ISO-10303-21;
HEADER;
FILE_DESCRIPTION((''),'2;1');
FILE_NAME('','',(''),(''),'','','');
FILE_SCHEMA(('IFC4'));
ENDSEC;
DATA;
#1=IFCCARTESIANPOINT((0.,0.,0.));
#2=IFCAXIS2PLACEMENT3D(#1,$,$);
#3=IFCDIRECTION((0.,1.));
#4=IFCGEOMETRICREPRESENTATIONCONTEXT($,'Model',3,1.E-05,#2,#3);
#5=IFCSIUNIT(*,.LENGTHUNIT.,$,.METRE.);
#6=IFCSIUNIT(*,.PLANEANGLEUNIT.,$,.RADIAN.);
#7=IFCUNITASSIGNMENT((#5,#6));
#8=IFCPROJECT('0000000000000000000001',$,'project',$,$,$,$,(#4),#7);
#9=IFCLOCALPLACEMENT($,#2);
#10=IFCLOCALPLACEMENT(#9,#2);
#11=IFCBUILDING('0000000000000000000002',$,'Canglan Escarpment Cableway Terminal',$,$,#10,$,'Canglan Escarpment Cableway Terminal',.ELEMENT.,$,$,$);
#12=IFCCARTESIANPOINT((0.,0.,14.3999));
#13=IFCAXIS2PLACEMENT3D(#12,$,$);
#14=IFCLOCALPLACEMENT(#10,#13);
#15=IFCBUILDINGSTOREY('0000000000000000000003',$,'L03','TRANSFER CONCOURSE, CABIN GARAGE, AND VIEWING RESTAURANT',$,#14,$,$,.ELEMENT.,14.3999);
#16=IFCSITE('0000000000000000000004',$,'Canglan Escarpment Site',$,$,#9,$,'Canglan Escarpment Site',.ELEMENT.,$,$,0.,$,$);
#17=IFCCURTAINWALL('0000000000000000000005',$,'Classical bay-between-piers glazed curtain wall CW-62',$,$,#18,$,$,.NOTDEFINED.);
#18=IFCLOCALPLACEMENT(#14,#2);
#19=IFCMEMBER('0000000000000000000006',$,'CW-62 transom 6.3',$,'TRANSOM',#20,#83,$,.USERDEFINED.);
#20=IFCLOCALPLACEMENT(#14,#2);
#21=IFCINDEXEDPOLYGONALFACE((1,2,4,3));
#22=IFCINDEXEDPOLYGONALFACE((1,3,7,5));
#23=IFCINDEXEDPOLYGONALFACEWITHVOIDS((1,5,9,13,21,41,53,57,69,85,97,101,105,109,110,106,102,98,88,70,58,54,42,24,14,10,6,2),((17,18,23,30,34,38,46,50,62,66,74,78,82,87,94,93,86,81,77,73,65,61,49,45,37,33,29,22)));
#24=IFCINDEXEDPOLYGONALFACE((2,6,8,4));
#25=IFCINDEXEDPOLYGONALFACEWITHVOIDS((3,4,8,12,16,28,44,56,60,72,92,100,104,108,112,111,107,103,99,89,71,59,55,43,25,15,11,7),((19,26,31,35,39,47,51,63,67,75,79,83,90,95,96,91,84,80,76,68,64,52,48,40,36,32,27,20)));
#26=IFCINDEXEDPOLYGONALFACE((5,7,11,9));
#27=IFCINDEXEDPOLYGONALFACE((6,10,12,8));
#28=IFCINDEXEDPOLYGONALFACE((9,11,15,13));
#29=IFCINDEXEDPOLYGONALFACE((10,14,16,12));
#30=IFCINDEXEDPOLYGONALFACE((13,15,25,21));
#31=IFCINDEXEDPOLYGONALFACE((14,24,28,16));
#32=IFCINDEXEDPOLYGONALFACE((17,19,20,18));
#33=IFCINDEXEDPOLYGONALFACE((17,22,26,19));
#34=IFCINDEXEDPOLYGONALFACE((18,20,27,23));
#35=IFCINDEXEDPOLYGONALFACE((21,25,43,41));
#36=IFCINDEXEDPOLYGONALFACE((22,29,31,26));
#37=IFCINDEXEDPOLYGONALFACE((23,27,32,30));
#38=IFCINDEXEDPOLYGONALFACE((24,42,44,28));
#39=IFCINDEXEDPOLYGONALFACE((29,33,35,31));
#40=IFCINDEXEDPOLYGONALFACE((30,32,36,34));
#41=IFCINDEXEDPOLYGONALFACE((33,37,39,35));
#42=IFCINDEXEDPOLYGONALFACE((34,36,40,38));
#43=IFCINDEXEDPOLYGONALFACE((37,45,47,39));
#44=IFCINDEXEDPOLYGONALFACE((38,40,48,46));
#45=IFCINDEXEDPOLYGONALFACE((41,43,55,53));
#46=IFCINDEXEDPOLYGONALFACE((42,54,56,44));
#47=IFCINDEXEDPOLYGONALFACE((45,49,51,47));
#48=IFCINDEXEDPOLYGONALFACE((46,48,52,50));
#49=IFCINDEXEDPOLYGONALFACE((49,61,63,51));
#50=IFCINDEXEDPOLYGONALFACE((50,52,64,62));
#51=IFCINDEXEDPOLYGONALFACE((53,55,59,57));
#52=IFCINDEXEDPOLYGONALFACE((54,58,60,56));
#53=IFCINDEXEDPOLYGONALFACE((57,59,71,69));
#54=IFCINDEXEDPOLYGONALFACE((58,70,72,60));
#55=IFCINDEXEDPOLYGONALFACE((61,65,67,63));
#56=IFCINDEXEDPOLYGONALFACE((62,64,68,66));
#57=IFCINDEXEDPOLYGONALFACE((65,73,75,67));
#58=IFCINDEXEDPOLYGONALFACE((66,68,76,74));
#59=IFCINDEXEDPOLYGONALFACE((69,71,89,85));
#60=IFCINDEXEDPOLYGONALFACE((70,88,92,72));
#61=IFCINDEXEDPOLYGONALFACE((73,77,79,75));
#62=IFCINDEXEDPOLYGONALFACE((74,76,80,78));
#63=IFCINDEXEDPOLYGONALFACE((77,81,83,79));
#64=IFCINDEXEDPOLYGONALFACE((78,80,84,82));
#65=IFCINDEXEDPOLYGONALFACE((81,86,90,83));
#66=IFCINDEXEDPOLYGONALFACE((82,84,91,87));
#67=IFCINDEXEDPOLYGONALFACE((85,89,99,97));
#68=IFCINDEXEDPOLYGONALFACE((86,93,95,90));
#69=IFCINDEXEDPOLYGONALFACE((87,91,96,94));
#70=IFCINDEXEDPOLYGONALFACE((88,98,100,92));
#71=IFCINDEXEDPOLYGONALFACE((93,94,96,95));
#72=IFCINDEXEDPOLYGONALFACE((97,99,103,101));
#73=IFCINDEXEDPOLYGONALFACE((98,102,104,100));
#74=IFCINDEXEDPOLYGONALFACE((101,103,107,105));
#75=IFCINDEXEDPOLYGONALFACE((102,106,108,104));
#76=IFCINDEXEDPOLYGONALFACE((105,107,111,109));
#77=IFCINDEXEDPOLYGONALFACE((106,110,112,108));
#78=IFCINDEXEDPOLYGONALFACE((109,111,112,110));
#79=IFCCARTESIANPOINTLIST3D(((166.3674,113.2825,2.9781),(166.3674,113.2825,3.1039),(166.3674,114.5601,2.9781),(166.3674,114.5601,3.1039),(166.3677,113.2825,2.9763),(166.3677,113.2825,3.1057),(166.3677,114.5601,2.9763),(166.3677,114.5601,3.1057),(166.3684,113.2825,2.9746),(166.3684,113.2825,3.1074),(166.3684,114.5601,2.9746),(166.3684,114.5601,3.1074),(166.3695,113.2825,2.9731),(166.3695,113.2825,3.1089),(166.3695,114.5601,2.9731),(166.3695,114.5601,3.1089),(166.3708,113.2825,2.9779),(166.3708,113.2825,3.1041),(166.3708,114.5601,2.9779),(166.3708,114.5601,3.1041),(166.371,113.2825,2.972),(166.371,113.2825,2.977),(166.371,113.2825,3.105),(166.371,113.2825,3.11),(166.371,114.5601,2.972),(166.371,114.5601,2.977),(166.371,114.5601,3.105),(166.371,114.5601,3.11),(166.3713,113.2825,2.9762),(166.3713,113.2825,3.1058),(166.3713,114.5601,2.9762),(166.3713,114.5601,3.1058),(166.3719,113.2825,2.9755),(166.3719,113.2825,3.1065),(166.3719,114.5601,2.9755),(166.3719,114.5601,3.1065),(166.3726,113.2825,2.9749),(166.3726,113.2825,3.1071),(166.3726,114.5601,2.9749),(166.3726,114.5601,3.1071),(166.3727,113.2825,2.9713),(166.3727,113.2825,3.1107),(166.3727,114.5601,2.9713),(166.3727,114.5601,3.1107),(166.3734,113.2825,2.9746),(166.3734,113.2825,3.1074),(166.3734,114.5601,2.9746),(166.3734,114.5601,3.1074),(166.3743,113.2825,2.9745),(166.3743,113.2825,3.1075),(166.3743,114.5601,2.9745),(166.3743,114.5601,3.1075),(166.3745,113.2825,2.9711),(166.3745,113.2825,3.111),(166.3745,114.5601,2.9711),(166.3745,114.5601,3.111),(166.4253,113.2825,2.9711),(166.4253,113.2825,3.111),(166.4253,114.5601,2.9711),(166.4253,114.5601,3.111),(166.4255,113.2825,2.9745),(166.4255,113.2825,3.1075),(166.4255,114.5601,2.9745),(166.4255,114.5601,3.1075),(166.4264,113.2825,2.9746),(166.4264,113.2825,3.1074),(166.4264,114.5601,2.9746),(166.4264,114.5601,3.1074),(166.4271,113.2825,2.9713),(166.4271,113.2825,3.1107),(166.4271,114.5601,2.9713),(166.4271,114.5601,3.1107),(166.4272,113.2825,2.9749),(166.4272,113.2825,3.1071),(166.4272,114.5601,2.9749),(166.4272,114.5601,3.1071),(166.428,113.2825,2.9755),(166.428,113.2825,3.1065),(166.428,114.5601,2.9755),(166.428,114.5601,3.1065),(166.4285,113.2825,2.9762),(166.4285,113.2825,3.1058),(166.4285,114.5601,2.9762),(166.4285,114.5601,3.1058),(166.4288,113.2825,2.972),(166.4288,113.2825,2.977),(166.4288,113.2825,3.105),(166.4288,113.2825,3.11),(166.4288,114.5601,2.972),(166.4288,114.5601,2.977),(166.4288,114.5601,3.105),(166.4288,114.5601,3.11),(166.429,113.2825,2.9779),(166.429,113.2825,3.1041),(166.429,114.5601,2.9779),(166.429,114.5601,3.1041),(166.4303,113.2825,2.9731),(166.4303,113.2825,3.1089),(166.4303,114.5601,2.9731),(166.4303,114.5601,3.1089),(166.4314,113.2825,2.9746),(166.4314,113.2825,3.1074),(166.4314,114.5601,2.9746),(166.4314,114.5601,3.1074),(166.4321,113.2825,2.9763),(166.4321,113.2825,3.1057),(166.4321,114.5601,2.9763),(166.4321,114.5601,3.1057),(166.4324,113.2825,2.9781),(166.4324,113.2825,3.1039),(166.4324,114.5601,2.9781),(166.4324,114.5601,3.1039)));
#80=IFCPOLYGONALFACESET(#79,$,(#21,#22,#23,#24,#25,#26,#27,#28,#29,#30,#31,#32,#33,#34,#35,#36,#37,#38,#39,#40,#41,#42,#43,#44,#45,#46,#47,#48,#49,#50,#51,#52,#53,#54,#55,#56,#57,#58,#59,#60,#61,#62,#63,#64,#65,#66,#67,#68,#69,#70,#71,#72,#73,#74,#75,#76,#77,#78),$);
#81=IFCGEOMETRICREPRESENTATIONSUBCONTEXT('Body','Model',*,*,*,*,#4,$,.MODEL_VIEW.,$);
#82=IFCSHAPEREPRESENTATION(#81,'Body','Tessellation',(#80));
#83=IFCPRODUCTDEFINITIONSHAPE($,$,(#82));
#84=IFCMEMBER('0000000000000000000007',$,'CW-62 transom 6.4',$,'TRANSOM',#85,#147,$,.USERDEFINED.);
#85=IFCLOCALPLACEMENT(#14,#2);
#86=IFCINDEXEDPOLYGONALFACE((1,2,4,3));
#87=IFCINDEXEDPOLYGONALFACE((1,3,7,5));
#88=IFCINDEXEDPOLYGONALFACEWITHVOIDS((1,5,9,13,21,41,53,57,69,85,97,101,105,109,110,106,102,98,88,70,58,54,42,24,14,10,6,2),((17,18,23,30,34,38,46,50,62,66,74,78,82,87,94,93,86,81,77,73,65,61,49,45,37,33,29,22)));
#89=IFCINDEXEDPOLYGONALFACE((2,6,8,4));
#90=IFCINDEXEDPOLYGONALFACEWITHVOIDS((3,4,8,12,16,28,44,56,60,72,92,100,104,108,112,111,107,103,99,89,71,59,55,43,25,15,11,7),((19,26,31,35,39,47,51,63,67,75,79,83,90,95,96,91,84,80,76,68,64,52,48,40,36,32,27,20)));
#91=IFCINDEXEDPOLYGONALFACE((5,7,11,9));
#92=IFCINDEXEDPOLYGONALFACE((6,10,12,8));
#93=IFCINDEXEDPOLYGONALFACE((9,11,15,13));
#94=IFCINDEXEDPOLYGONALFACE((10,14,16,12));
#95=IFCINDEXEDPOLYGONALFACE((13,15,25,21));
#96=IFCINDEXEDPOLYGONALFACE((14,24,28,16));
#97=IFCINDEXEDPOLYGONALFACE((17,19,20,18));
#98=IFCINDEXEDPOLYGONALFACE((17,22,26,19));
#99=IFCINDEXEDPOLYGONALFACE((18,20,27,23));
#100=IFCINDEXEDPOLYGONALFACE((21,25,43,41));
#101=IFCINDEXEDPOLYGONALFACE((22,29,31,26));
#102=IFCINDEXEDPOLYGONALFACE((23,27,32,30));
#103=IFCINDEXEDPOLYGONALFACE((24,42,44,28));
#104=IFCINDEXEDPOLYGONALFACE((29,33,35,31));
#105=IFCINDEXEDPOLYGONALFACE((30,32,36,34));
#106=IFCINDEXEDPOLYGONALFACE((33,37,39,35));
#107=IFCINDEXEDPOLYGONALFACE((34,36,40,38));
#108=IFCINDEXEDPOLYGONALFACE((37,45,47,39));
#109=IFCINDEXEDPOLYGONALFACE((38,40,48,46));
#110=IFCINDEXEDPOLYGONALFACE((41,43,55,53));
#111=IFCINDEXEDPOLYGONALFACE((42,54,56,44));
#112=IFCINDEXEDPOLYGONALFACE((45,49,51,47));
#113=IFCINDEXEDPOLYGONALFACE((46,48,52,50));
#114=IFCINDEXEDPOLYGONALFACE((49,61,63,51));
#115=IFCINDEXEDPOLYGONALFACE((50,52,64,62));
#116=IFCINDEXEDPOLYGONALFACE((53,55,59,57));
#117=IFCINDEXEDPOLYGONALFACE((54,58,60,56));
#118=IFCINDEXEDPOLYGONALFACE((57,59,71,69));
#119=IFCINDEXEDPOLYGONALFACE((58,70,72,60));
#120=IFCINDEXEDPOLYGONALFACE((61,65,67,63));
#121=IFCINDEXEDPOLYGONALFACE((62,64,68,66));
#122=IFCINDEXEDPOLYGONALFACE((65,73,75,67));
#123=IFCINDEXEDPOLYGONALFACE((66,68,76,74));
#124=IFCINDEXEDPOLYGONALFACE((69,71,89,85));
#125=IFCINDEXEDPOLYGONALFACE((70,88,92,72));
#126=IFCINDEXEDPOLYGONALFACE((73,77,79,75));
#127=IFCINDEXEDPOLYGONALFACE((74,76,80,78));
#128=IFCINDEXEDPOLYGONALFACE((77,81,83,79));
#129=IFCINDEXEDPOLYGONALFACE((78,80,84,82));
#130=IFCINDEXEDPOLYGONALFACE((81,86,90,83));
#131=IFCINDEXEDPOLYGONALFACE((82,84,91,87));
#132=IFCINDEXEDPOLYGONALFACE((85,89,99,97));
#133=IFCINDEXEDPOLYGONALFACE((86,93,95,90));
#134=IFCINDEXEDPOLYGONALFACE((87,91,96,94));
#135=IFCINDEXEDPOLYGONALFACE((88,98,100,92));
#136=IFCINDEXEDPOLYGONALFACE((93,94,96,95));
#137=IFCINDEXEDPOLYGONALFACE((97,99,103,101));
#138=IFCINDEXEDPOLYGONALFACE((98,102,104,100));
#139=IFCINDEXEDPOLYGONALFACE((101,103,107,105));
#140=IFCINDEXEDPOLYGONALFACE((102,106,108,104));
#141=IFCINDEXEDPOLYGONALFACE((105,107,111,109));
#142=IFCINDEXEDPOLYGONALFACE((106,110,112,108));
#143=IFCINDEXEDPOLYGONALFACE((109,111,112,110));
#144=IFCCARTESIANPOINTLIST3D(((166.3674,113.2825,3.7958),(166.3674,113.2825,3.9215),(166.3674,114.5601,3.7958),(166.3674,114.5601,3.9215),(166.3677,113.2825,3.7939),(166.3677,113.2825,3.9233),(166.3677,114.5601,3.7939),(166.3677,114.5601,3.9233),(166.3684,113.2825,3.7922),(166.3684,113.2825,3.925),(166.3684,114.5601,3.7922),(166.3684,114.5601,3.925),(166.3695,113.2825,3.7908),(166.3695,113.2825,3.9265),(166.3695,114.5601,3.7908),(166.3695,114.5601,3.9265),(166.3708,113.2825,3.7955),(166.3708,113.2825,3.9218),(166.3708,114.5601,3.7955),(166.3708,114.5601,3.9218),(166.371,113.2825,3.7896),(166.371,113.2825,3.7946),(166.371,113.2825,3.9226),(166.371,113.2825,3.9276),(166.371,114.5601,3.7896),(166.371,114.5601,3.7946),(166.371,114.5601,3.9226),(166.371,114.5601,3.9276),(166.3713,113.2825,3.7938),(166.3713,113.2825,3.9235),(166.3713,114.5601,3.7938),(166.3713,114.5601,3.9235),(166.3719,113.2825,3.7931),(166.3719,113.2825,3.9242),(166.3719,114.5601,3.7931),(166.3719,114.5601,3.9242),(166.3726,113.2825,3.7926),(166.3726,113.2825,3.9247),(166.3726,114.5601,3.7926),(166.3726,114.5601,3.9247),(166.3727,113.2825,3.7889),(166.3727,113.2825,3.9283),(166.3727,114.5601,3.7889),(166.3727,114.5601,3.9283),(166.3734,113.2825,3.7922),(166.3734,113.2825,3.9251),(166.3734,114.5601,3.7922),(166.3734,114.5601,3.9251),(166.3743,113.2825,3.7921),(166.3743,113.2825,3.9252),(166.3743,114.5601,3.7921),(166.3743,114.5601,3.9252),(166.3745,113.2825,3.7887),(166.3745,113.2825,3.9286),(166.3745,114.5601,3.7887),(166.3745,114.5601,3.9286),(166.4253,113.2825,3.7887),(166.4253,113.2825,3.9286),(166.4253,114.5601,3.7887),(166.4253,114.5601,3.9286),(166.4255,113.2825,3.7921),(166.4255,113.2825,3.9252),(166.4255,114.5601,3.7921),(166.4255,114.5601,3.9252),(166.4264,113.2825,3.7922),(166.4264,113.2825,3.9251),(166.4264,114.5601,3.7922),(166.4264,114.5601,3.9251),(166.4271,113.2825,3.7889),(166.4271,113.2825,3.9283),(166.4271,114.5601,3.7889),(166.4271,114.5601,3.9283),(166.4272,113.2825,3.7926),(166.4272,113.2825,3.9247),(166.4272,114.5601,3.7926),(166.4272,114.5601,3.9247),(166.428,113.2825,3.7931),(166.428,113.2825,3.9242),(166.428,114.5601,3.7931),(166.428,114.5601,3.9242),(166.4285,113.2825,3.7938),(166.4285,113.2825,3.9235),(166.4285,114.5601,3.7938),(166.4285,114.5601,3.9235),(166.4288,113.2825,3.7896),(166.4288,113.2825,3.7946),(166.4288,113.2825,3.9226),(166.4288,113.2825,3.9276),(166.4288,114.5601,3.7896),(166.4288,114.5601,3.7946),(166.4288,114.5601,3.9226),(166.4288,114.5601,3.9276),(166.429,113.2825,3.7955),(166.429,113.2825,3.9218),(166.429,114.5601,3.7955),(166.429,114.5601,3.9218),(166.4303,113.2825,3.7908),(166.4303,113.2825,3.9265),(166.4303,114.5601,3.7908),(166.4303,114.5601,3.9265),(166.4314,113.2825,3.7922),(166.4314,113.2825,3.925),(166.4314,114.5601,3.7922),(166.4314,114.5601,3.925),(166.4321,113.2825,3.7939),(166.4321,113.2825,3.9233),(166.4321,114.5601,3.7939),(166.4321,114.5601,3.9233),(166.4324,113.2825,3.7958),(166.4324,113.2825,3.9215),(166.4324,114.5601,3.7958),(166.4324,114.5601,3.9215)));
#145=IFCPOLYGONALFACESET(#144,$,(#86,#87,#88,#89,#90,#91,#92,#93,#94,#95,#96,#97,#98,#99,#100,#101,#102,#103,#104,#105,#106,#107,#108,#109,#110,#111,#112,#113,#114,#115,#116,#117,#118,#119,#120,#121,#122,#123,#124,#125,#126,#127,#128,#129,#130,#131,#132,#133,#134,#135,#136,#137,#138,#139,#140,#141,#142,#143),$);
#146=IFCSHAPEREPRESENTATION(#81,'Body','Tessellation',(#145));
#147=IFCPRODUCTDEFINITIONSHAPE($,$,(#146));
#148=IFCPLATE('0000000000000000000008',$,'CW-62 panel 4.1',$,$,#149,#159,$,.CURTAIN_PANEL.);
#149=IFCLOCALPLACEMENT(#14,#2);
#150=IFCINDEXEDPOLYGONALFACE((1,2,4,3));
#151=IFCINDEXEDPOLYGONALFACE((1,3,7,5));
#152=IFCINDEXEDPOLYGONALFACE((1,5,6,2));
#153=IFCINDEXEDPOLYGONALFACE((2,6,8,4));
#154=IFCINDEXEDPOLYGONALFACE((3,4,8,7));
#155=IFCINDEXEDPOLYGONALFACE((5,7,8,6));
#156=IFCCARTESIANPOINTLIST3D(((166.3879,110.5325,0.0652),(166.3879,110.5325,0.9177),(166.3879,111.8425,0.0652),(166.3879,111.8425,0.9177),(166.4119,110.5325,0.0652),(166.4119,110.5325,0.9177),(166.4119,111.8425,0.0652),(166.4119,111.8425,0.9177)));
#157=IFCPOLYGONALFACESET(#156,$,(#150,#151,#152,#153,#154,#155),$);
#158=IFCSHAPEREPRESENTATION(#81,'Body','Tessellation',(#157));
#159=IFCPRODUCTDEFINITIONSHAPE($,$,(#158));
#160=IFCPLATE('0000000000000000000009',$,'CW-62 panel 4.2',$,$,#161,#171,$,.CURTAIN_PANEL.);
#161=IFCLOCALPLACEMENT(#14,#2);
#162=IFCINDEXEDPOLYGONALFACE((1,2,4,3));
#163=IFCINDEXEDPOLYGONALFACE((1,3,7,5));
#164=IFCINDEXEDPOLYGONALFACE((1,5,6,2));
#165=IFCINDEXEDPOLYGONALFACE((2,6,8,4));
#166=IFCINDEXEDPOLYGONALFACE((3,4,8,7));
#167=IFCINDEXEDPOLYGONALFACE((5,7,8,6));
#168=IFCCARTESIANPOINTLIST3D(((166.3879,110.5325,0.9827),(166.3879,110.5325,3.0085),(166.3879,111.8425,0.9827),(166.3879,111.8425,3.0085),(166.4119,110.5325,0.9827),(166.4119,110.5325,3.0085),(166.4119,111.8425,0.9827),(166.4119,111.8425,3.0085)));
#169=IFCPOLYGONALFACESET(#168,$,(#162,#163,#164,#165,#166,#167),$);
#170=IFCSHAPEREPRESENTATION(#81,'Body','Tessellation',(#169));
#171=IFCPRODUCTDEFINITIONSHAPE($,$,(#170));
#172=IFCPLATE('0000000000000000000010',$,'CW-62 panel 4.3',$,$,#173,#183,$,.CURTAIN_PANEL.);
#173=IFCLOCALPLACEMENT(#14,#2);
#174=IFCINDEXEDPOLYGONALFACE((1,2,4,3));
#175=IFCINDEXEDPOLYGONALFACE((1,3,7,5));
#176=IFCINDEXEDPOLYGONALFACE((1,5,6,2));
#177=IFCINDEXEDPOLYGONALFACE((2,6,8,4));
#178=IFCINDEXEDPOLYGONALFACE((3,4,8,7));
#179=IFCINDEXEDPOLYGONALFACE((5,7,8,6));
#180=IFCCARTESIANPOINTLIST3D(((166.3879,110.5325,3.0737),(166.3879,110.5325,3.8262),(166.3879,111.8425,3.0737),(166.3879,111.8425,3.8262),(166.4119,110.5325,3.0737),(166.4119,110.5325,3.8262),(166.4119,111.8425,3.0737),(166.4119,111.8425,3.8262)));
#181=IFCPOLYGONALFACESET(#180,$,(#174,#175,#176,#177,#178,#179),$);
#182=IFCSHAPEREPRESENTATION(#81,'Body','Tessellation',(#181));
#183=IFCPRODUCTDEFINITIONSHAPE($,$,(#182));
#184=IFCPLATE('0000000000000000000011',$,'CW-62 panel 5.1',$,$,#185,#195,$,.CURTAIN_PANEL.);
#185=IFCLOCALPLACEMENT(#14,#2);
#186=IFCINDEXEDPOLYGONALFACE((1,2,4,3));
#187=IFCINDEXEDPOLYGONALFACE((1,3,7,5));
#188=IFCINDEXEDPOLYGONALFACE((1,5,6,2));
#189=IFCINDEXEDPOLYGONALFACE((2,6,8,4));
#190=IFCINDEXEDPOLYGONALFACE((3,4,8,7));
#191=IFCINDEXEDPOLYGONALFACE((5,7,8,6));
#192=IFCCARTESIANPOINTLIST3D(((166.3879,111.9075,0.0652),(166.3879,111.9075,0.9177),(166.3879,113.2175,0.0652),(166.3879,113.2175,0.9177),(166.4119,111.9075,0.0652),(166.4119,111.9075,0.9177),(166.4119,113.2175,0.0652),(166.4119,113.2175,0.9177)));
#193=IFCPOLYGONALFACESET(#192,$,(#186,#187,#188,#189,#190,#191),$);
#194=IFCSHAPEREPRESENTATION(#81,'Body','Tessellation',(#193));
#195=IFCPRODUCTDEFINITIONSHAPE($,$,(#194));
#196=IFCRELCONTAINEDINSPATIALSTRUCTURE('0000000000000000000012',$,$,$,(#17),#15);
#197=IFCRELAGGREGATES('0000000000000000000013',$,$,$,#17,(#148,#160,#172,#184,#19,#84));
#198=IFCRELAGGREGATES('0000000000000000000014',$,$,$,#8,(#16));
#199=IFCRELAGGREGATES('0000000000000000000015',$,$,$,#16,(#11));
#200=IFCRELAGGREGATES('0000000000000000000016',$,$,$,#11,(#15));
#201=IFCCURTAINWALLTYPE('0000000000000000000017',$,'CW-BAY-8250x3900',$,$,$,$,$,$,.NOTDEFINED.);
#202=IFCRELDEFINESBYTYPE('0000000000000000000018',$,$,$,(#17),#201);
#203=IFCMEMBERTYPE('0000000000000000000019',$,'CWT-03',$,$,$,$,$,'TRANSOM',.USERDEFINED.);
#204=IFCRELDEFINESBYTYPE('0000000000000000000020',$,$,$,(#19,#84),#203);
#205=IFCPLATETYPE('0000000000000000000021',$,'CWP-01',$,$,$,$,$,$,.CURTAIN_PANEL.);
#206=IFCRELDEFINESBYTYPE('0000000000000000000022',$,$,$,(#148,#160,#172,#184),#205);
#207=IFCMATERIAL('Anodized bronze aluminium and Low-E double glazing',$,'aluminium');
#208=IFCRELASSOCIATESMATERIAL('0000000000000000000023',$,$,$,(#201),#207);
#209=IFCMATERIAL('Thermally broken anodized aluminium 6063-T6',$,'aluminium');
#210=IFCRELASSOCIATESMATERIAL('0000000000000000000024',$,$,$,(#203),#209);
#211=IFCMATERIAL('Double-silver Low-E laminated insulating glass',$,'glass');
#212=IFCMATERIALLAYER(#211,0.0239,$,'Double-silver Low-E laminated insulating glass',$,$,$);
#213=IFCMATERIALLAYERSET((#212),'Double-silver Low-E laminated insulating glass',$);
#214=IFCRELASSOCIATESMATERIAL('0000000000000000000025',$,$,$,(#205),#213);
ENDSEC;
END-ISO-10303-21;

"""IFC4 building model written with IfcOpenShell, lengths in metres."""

from ifc_helpers import new_model, si_unit, direction, frame, origin, origin_2d, place, context, subcontext, project, spatial, rectangle, hollow_rectangle, extrude, material, layer, layer_set, material_profile, profile_set, type_object, element, aggregate, save


model = new_model("IFC4")

# Units and contexts
model_context = context("Model", 3, precision=1e-05, world=origin(), true_north=direction((0.0, 1.0)))
body_context = subcontext(model_context, "Body", "Model", "MODEL_VIEW")
ifc_project = project(units=[si_unit("LENGTHUNIT", "METRE"), si_unit("PLANEANGLEUNIT", "RADIAN")], contexts=[model_context])

# Site, building, storey
site_placement = place(None, origin())
site = spatial("IfcSite", under=ifc_project, at=site_placement, Name="Canglan Escarpment Site", LongName="Canglan Escarpment Site", CompositionType="ELEMENT", RefElevation=0.0)
building_placement = place(site_placement, origin())
building = spatial("IfcBuilding", under=site, at=building_placement, Name="Canglan Escarpment Cableway Terminal", LongName="Canglan Escarpment Cableway Terminal", CompositionType="ELEMENT")
storey_placement = place(building_placement, frame((0.0, 0.0, 14.3999)))
storey = spatial("IfcBuildingStorey", under=building, at=storey_placement, Name="L03", Description="TRANSFER CONCOURSE, CABIN GARAGE, AND VIEWING RESTAURANT", CompositionType="ELEMENT", Elevation=14.3999)

# Curtain wall, members, plates
ifc_material_1 = material(Name="Anodized bronze aluminium and Low-E double glazing", Category="aluminium")
curtain_wall_type = type_object("IfcCurtainWallType", Name="CW-BAY-8250x3900", PredefinedType="NOTDEFINED", material=ifc_material_1)
curtain_wall_placement = place(storey_placement, origin())
curtain_wall = element("IfcCurtainWall", 1, at=curtain_wall_placement, inside=storey, type_object=curtain_wall_type, Name="Classical bay-between-piers glazed curtain wall CW-62", PredefinedType="NOTDEFINED")
ifc_material_2 = material(Name="Thermally broken anodized aluminium 6063-T6", Category="aluminium")
ifc_material_profile_1 = material_profile(ifc_material_2, hollow_rectangle(XDim=0.0649, YDim=0.1399, WallThickness=0.0034, InnerFilletRadius=0.0034, OuterFilletRadius=0.0071, at=origin_2d()), Name="ALU-TRAN 65x140x3.5")
ifc_profile_set_1 = profile_set([ifc_material_profile_1], Name="Thermally broken anodized aluminium 6063-T6")
member_type_1 = type_object("IfcMemberType", Name="CWT-03", ElementType="TRANSOM", PredefinedType="USERDEFINED", material=ifc_profile_set_1)
member_1_placement = place(storey_placement, frame((166.3999, 113.2825, 3.041), z_axis=(0.0, 1.0, 0.0), x_axis=(-1.0, 0.0, 0.0)))
member_1 = element("IfcMember", 2, at=member_1_placement, type_object=member_type_1, Name="CW-62 transom 6.3", ObjectType="TRANSOM", PredefinedType="USERDEFINED", context=body_context, shape_type="SweptSolid", body=[
    extrude(hollow_rectangle(XDim=0.0649, YDim=0.1399, WallThickness=0.0034, InnerFilletRadius=0.0034, OuterFilletRadius=0.0071, at=origin_2d()), origin(), (0.0, 0.0, 1.0), 1.2776),
])
member_2_placement = place(storey_placement, frame((166.3999, 113.2825, 3.8586), z_axis=(0.0, 1.0, 0.0), x_axis=(-1.0, 0.0, 0.0)))
member_2 = element("IfcMember", 3, at=member_2_placement, type_object=member_type_1, Name="CW-62 transom 6.4", ObjectType="TRANSOM", PredefinedType="USERDEFINED", context=body_context, shape_type="SweptSolid", body=[
    extrude(hollow_rectangle(XDim=0.0649, YDim=0.1399, WallThickness=0.0034, InnerFilletRadius=0.0034, OuterFilletRadius=0.0071, at=origin_2d()), origin(), (0.0, 0.0, 1.0), 1.2776),
])
ifc_material_3 = material(Name="Double-silver Low-E laminated insulating glass", Category="glass")
ifc_layer_1 = layer(ifc_material_3, 0.0239, Name="Double-silver Low-E laminated insulating glass")
ifc_layer_set_1 = layer_set([ifc_layer_1], Name="Double-silver Low-E laminated insulating glass")
plate_type = type_object("IfcPlateType", Name="CWP-01", PredefinedType="CURTAIN_PANEL", material=ifc_layer_set_1)
plate_1_placement = place(storey_placement, frame((166.3999, 111.1875, 0.0652), z_axis=(0.0, 0.0, 1.0), x_axis=(0.0, 1.0, 0.0)))
plate_1 = element("IfcPlate", 4, at=plate_1_placement, type_object=plate_type, Name="CW-62 panel 4.1", PredefinedType="CURTAIN_PANEL", context=body_context, shape_type="SweptSolid", body=[
    extrude(rectangle(XDim=1.3101, YDim=0.0239, at=origin_2d()), origin(), (0.0, 0.0, 1.0), 0.8525),
])
plate_2_placement = place(storey_placement, frame((166.3999, 111.1875, 0.9827), z_axis=(0.0, 0.0, 1.0), x_axis=(0.0, 1.0, 0.0)))
plate_2 = element("IfcPlate", 5, at=plate_2_placement, type_object=plate_type, Name="CW-62 panel 4.2", PredefinedType="CURTAIN_PANEL", context=body_context, shape_type="SweptSolid", body=[
    extrude(rectangle(XDim=1.3101, YDim=0.0239, at=origin_2d()), origin(), (0.0, 0.0, 1.0), 2.0259),
])
plate_3_placement = place(storey_placement, frame((166.3999, 111.1875, 3.0737), z_axis=(0.0, 0.0, 1.0), x_axis=(0.0, 1.0, 0.0)))
plate_3 = element("IfcPlate", 6, at=plate_3_placement, type_object=plate_type, Name="CW-62 panel 4.3", PredefinedType="CURTAIN_PANEL", context=body_context, shape_type="SweptSolid", body=[
    extrude(rectangle(XDim=1.3101, YDim=0.0239, at=origin_2d()), origin(), (0.0, 0.0, 1.0), 0.7524),
])
plate_4_placement = place(storey_placement, frame((166.3999, 112.5625, 0.0652), z_axis=(0.0, 0.0, 1.0), x_axis=(0.0, 1.0, 0.0)))
plate_4 = element("IfcPlate", 7, at=plate_4_placement, type_object=plate_type, Name="CW-62 panel 5.1", PredefinedType="CURTAIN_PANEL", context=body_context, shape_type="SweptSolid", body=[
    extrude(rectangle(XDim=1.3101, YDim=0.0239, at=origin_2d()), origin(), (0.0, 0.0, 1.0), 0.8525),
])
aggregate(curtain_wall, [plate_1, plate_2, plate_3, plate_4, member_1, member_2])

save(model, "model.ifc")
